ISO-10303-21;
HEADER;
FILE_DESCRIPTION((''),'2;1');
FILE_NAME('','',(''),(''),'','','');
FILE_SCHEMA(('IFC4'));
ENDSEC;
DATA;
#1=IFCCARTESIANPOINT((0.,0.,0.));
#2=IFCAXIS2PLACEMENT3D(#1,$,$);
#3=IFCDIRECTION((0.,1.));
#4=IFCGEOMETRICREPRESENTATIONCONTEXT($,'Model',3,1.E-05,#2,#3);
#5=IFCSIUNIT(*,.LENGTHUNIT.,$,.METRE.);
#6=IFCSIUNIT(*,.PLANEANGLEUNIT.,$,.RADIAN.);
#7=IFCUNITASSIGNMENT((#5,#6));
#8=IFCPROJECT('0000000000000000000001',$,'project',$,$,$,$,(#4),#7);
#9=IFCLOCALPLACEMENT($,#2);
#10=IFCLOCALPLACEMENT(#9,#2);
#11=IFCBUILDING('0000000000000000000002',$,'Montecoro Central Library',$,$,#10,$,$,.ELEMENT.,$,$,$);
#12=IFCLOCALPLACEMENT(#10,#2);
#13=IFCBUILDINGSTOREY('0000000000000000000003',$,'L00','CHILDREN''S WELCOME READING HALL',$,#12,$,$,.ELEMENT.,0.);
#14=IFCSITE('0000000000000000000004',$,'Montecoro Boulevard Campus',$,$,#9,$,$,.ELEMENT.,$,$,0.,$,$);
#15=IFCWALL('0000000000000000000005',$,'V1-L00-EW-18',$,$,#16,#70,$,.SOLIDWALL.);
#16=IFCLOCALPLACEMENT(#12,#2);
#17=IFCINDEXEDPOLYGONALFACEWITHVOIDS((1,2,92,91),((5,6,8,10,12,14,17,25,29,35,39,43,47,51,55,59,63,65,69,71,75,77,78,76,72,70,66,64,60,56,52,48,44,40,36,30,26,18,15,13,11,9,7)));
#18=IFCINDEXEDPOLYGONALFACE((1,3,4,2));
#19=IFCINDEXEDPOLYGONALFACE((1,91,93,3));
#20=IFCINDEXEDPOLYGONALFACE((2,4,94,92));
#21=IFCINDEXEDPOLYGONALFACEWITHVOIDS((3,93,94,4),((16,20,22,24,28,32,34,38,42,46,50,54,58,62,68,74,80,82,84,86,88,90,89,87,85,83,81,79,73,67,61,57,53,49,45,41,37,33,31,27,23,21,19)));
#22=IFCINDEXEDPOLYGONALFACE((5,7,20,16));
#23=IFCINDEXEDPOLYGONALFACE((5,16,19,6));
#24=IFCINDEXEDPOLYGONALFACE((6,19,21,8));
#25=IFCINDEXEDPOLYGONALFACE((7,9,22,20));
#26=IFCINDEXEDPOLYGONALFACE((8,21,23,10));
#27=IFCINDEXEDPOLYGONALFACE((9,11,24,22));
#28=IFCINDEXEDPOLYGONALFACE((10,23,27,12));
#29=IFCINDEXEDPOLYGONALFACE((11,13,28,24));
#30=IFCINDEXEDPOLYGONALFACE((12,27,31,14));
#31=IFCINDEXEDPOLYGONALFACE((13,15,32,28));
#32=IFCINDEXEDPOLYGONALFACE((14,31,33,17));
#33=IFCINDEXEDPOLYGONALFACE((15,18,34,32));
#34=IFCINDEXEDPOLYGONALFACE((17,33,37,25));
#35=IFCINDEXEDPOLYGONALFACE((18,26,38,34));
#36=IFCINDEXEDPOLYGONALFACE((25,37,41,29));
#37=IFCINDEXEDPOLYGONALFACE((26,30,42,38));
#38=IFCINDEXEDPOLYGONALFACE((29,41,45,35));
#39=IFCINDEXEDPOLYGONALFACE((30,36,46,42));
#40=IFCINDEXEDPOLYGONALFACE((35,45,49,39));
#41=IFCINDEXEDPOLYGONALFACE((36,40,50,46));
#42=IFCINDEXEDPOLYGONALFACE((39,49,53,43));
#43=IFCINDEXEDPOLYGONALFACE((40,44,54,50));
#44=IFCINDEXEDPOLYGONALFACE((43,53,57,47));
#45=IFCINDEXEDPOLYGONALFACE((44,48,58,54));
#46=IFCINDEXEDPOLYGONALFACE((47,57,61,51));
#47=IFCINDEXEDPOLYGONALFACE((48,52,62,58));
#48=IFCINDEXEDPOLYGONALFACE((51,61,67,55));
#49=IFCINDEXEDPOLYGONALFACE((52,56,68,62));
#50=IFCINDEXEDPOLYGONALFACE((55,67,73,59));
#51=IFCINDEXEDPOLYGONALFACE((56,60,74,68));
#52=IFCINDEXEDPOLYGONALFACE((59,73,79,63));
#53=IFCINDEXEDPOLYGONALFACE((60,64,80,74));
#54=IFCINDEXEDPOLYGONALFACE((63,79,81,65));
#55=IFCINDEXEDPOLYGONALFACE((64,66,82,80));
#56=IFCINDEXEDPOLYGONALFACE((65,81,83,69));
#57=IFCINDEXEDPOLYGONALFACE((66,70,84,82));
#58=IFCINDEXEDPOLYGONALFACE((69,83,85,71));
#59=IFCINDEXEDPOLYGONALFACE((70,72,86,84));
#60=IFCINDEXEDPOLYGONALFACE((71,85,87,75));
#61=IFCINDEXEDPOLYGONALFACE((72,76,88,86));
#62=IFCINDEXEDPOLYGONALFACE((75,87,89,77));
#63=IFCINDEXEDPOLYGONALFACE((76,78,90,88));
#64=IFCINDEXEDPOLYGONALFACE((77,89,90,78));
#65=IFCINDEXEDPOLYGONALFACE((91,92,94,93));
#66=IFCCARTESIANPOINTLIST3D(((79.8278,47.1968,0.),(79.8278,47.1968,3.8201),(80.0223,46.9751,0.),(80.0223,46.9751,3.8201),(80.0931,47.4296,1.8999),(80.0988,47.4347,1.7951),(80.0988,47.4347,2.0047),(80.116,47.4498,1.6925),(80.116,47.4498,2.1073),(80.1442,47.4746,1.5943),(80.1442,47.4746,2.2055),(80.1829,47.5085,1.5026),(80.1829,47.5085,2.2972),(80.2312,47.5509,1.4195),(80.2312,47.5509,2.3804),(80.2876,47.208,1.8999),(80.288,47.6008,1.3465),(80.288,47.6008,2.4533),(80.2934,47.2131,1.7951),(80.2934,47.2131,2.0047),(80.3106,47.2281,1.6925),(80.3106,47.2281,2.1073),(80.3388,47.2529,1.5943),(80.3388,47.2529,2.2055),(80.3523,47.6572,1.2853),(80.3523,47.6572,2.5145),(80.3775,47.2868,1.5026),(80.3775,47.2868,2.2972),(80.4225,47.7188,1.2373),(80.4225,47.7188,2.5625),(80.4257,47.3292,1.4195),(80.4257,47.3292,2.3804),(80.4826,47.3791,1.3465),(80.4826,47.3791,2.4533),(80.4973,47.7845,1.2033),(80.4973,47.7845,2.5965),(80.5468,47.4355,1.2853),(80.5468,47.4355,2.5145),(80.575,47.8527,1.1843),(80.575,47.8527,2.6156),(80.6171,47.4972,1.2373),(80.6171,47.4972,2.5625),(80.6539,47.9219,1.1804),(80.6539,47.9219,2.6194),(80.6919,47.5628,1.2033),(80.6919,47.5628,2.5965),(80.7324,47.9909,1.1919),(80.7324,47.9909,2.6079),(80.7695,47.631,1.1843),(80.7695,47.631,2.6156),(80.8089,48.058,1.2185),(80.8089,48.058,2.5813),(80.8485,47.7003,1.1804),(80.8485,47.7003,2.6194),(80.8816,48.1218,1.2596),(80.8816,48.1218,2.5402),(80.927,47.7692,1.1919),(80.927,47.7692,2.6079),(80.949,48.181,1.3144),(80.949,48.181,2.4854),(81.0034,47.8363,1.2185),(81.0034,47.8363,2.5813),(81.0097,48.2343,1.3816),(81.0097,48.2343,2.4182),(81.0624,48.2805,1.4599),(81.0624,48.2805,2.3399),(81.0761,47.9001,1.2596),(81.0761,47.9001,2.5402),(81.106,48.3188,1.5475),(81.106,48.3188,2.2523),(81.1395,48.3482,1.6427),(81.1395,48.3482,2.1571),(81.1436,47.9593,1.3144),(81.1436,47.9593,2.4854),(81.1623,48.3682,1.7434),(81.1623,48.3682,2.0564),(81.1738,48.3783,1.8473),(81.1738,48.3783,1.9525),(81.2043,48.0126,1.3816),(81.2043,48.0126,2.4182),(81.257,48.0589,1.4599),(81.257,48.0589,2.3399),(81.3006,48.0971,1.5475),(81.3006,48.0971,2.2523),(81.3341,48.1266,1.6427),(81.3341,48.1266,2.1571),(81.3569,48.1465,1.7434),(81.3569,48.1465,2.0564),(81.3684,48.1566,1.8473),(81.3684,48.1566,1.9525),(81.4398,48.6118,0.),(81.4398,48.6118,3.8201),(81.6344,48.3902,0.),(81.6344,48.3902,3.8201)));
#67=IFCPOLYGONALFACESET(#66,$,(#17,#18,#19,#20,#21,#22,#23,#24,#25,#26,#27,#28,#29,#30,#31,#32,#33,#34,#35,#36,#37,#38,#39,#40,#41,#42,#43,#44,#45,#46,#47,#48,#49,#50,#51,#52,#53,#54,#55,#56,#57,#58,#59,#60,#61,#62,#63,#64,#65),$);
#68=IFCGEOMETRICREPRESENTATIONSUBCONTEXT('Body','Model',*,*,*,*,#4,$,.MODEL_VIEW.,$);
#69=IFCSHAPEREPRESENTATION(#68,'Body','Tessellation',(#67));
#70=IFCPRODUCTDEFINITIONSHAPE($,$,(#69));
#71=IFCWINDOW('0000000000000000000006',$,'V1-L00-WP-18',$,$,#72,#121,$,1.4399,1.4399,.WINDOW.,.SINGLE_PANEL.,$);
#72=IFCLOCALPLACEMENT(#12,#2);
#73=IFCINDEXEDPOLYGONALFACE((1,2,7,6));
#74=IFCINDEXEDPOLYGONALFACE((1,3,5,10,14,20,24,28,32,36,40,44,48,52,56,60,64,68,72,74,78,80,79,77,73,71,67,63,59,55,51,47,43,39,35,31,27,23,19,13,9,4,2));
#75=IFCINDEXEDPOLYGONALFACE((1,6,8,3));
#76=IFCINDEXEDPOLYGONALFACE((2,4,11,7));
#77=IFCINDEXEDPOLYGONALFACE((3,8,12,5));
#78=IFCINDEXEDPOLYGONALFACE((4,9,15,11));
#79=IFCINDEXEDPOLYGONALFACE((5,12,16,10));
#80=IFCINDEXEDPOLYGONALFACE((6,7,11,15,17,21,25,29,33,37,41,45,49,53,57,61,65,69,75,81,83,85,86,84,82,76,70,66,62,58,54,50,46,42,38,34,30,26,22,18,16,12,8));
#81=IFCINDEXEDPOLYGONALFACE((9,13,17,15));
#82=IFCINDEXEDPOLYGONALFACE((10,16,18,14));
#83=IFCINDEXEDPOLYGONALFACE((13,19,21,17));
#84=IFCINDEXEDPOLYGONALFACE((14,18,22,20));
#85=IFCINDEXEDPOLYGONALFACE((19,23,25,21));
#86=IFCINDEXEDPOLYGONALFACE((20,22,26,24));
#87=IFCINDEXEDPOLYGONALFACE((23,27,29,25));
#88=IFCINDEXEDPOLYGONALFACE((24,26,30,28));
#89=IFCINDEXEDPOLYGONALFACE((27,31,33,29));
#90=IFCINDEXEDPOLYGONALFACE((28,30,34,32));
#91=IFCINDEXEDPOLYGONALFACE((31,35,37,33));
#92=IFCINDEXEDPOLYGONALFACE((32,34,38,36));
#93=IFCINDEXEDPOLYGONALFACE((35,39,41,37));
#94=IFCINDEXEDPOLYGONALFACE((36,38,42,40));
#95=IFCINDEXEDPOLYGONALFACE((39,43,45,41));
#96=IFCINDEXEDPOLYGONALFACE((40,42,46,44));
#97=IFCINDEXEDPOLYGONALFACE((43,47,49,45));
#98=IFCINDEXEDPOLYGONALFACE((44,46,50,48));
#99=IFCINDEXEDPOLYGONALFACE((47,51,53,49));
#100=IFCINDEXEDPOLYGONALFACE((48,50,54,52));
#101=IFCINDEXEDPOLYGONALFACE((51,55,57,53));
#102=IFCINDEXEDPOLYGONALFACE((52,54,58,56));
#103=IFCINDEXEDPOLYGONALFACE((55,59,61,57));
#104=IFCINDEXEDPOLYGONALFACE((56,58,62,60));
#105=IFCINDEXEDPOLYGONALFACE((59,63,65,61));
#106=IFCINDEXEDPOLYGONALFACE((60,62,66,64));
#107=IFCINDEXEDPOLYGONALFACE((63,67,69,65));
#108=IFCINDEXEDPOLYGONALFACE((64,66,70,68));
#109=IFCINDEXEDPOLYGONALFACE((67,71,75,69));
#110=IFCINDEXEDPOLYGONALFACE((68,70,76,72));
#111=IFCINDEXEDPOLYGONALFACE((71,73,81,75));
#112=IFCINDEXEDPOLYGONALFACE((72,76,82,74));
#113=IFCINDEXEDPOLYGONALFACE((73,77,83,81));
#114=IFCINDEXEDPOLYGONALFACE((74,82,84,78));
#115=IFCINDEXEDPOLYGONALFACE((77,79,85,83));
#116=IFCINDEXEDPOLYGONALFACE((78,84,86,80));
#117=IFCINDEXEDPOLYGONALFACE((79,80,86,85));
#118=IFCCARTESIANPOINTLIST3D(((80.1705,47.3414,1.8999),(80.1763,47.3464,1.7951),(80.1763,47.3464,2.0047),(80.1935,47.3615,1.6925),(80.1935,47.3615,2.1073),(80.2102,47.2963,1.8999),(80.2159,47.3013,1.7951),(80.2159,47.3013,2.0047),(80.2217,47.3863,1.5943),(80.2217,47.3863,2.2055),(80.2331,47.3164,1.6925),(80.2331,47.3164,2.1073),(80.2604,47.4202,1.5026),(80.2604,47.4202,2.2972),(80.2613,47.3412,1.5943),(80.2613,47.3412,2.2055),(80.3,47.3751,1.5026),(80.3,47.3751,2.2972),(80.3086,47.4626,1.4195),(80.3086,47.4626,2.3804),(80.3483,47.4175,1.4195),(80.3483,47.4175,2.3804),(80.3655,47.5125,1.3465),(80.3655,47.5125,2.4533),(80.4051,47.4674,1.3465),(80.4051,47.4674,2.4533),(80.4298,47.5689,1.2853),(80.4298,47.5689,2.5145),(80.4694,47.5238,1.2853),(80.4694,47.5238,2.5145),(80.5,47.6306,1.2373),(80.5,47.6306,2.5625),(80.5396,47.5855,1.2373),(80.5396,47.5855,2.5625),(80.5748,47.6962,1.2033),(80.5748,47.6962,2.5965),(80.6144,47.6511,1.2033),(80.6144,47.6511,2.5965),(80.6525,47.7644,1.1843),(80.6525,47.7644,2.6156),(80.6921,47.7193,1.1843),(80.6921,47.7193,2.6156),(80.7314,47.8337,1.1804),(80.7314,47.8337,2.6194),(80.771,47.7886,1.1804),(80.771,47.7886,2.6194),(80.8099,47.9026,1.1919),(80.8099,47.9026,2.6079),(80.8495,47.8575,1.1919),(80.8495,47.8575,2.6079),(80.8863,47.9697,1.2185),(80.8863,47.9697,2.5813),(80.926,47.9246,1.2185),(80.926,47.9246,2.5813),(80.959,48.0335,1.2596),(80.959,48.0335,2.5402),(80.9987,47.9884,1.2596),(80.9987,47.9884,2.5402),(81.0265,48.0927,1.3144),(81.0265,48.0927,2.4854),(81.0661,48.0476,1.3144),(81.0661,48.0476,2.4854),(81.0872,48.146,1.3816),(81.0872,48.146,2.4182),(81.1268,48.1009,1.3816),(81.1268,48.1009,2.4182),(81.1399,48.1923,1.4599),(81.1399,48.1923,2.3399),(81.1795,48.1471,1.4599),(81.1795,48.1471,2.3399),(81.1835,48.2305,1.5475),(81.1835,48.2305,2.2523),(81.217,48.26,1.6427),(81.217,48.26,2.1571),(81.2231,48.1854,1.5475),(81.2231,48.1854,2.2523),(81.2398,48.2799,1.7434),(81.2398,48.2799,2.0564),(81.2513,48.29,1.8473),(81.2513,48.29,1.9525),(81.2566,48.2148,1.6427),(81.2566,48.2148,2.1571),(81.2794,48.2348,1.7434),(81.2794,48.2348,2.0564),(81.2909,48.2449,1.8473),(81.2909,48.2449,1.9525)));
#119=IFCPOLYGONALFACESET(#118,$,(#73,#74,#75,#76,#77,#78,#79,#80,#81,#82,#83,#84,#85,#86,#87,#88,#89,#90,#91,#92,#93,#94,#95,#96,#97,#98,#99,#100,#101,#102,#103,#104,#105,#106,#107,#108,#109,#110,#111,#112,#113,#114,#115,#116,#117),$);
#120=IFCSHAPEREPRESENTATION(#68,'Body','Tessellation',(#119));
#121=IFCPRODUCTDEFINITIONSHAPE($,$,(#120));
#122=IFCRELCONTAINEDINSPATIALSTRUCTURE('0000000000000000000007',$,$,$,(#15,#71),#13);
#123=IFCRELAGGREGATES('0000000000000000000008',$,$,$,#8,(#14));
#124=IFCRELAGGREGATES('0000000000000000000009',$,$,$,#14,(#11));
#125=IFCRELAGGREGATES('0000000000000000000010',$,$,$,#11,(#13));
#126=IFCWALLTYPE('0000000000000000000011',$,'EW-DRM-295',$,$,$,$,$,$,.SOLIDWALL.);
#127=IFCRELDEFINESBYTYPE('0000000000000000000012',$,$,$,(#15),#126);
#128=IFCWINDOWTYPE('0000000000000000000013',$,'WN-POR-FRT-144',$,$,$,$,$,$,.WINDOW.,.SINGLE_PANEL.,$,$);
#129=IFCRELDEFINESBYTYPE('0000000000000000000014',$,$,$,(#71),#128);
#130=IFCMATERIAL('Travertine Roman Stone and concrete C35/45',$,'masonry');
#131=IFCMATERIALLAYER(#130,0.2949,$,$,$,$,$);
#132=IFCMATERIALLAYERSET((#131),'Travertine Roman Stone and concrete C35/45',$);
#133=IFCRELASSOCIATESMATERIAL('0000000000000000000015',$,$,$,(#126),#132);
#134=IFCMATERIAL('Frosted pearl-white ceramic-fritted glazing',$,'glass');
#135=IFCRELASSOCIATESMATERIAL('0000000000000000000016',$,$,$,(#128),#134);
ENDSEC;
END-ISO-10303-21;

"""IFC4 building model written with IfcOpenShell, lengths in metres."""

from ifc_helpers import new_model, si_unit, direction, frame, frame_2d, origin, place, context, subcontext, project, spatial, rectangle, circle, extrude, material, layer, layer_set, type_object, element, fill, save


model = new_model("IFC4")

# Units and contexts
model_context = context("Model", 3, precision=1e-05, world=origin(), true_north=direction((0.0, 1.0)))
body_context = subcontext(model_context, "Body", "Model", "MODEL_VIEW")
ifc_project = project(units=[si_unit("LENGTHUNIT", "METRE"), si_unit("PLANEANGLEUNIT", "RADIAN")], contexts=[model_context])

# Site, building, storey
site_placement = place(None, origin())
site = spatial("IfcSite", under=ifc_project, at=site_placement, Name="Montecoro Boulevard Campus", CompositionType="ELEMENT", RefElevation=0.0)
building_placement = place(site_placement, origin())
building = spatial("IfcBuilding", under=site, at=building_placement, Name="Montecoro Central Library", CompositionType="ELEMENT")
storey_placement = place(building_placement, origin())
storey = spatial("IfcBuildingStorey", under=building, at=storey_placement, Name="L00", Description="CHILDREN'S WELCOME READING HALL", CompositionType="ELEMENT", Elevation=0.0)

# Wall, opening, window
ifc_material_1 = material(Name="Travertine Roman Stone and concrete C35/45", Category="masonry")
ifc_layer_1 = layer(ifc_material_1, 0.2949)
ifc_layer_set_1 = layer_set([ifc_layer_1], Name="Travertine Roman Stone and concrete C35/45")
wall_type_1 = type_object("IfcWallType", Name="EW-DRM-295", PredefinedType="SOLIDWALL", material=ifc_layer_set_1)
ifc_material_2 = material(Name="Frosted pearl-white ceramic-fritted glazing", Category="glass")
window_type_1 = type_object("IfcWindowType", Name="WN-POR-FRT-144", PartitioningType="SINGLE_PANEL", PredefinedType="WINDOW", material=ifc_material_2)
wall_1_placement = place(storey_placement, frame((81.5371, 48.501, 0.0), z_axis=(0.0, 0.0, 1.0), x_axis=(-0.751539, -0.659688, 0.0)))
wall_1 = element("IfcWall", 1, at=wall_1_placement, inside=storey, type_object=wall_type_1, Name="V1-L00-EW-18", PredefinedType="SOLIDWALL", context=body_context, shape_type="SweptSolid", body=[
    extrude(rectangle(XDim=2.145, YDim=0.2949, at=frame_2d((1.0725, 0.0))), origin(), (0.0, 0.0, 1.0), 3.8201),
])
opening_1_placement = place(wall_1_placement, frame((0.3521, 0.0, 1.1799)))
opening_1 = element("IfcOpeningElement", 2, at=opening_1_placement, cuts=wall_1, PredefinedType="OPENING", context=body_context, shape_type="SweptSolid", body=[
    extrude(circle(Radius=0.72, at=frame_2d((0.72, 0.72))), frame((0.0, 0.1575, 0.0), z_axis=(0.0, -1.0, 0.0), x_axis=(1.0, 0.0, 0.0)), (0.0, 0.0, 1.0), 0.3149),
])
window_1_placement = place(opening_1_placement, origin())
window_1 = element("IfcWindow", 3, at=window_1_placement, inside=storey, type_object=window_type_1, Name="V1-L00-WP-18", OverallHeight=1.4399, OverallWidth=1.4399, PartitioningType="SINGLE_PANEL", PredefinedType="WINDOW", context=body_context, shape_type="SweptSolid", body=[
    extrude(circle(Radius=0.72, at=frame_2d((0.72, 0.72))), frame((0.0, 0.03, 0.0), z_axis=(0.0, -1.0, 0.0), x_axis=(1.0, 0.0, 0.0)), (0.0, 0.0, 1.0), 0.0601),
])
fill(opening_1, window_1)

save(model, "model.ifc")
